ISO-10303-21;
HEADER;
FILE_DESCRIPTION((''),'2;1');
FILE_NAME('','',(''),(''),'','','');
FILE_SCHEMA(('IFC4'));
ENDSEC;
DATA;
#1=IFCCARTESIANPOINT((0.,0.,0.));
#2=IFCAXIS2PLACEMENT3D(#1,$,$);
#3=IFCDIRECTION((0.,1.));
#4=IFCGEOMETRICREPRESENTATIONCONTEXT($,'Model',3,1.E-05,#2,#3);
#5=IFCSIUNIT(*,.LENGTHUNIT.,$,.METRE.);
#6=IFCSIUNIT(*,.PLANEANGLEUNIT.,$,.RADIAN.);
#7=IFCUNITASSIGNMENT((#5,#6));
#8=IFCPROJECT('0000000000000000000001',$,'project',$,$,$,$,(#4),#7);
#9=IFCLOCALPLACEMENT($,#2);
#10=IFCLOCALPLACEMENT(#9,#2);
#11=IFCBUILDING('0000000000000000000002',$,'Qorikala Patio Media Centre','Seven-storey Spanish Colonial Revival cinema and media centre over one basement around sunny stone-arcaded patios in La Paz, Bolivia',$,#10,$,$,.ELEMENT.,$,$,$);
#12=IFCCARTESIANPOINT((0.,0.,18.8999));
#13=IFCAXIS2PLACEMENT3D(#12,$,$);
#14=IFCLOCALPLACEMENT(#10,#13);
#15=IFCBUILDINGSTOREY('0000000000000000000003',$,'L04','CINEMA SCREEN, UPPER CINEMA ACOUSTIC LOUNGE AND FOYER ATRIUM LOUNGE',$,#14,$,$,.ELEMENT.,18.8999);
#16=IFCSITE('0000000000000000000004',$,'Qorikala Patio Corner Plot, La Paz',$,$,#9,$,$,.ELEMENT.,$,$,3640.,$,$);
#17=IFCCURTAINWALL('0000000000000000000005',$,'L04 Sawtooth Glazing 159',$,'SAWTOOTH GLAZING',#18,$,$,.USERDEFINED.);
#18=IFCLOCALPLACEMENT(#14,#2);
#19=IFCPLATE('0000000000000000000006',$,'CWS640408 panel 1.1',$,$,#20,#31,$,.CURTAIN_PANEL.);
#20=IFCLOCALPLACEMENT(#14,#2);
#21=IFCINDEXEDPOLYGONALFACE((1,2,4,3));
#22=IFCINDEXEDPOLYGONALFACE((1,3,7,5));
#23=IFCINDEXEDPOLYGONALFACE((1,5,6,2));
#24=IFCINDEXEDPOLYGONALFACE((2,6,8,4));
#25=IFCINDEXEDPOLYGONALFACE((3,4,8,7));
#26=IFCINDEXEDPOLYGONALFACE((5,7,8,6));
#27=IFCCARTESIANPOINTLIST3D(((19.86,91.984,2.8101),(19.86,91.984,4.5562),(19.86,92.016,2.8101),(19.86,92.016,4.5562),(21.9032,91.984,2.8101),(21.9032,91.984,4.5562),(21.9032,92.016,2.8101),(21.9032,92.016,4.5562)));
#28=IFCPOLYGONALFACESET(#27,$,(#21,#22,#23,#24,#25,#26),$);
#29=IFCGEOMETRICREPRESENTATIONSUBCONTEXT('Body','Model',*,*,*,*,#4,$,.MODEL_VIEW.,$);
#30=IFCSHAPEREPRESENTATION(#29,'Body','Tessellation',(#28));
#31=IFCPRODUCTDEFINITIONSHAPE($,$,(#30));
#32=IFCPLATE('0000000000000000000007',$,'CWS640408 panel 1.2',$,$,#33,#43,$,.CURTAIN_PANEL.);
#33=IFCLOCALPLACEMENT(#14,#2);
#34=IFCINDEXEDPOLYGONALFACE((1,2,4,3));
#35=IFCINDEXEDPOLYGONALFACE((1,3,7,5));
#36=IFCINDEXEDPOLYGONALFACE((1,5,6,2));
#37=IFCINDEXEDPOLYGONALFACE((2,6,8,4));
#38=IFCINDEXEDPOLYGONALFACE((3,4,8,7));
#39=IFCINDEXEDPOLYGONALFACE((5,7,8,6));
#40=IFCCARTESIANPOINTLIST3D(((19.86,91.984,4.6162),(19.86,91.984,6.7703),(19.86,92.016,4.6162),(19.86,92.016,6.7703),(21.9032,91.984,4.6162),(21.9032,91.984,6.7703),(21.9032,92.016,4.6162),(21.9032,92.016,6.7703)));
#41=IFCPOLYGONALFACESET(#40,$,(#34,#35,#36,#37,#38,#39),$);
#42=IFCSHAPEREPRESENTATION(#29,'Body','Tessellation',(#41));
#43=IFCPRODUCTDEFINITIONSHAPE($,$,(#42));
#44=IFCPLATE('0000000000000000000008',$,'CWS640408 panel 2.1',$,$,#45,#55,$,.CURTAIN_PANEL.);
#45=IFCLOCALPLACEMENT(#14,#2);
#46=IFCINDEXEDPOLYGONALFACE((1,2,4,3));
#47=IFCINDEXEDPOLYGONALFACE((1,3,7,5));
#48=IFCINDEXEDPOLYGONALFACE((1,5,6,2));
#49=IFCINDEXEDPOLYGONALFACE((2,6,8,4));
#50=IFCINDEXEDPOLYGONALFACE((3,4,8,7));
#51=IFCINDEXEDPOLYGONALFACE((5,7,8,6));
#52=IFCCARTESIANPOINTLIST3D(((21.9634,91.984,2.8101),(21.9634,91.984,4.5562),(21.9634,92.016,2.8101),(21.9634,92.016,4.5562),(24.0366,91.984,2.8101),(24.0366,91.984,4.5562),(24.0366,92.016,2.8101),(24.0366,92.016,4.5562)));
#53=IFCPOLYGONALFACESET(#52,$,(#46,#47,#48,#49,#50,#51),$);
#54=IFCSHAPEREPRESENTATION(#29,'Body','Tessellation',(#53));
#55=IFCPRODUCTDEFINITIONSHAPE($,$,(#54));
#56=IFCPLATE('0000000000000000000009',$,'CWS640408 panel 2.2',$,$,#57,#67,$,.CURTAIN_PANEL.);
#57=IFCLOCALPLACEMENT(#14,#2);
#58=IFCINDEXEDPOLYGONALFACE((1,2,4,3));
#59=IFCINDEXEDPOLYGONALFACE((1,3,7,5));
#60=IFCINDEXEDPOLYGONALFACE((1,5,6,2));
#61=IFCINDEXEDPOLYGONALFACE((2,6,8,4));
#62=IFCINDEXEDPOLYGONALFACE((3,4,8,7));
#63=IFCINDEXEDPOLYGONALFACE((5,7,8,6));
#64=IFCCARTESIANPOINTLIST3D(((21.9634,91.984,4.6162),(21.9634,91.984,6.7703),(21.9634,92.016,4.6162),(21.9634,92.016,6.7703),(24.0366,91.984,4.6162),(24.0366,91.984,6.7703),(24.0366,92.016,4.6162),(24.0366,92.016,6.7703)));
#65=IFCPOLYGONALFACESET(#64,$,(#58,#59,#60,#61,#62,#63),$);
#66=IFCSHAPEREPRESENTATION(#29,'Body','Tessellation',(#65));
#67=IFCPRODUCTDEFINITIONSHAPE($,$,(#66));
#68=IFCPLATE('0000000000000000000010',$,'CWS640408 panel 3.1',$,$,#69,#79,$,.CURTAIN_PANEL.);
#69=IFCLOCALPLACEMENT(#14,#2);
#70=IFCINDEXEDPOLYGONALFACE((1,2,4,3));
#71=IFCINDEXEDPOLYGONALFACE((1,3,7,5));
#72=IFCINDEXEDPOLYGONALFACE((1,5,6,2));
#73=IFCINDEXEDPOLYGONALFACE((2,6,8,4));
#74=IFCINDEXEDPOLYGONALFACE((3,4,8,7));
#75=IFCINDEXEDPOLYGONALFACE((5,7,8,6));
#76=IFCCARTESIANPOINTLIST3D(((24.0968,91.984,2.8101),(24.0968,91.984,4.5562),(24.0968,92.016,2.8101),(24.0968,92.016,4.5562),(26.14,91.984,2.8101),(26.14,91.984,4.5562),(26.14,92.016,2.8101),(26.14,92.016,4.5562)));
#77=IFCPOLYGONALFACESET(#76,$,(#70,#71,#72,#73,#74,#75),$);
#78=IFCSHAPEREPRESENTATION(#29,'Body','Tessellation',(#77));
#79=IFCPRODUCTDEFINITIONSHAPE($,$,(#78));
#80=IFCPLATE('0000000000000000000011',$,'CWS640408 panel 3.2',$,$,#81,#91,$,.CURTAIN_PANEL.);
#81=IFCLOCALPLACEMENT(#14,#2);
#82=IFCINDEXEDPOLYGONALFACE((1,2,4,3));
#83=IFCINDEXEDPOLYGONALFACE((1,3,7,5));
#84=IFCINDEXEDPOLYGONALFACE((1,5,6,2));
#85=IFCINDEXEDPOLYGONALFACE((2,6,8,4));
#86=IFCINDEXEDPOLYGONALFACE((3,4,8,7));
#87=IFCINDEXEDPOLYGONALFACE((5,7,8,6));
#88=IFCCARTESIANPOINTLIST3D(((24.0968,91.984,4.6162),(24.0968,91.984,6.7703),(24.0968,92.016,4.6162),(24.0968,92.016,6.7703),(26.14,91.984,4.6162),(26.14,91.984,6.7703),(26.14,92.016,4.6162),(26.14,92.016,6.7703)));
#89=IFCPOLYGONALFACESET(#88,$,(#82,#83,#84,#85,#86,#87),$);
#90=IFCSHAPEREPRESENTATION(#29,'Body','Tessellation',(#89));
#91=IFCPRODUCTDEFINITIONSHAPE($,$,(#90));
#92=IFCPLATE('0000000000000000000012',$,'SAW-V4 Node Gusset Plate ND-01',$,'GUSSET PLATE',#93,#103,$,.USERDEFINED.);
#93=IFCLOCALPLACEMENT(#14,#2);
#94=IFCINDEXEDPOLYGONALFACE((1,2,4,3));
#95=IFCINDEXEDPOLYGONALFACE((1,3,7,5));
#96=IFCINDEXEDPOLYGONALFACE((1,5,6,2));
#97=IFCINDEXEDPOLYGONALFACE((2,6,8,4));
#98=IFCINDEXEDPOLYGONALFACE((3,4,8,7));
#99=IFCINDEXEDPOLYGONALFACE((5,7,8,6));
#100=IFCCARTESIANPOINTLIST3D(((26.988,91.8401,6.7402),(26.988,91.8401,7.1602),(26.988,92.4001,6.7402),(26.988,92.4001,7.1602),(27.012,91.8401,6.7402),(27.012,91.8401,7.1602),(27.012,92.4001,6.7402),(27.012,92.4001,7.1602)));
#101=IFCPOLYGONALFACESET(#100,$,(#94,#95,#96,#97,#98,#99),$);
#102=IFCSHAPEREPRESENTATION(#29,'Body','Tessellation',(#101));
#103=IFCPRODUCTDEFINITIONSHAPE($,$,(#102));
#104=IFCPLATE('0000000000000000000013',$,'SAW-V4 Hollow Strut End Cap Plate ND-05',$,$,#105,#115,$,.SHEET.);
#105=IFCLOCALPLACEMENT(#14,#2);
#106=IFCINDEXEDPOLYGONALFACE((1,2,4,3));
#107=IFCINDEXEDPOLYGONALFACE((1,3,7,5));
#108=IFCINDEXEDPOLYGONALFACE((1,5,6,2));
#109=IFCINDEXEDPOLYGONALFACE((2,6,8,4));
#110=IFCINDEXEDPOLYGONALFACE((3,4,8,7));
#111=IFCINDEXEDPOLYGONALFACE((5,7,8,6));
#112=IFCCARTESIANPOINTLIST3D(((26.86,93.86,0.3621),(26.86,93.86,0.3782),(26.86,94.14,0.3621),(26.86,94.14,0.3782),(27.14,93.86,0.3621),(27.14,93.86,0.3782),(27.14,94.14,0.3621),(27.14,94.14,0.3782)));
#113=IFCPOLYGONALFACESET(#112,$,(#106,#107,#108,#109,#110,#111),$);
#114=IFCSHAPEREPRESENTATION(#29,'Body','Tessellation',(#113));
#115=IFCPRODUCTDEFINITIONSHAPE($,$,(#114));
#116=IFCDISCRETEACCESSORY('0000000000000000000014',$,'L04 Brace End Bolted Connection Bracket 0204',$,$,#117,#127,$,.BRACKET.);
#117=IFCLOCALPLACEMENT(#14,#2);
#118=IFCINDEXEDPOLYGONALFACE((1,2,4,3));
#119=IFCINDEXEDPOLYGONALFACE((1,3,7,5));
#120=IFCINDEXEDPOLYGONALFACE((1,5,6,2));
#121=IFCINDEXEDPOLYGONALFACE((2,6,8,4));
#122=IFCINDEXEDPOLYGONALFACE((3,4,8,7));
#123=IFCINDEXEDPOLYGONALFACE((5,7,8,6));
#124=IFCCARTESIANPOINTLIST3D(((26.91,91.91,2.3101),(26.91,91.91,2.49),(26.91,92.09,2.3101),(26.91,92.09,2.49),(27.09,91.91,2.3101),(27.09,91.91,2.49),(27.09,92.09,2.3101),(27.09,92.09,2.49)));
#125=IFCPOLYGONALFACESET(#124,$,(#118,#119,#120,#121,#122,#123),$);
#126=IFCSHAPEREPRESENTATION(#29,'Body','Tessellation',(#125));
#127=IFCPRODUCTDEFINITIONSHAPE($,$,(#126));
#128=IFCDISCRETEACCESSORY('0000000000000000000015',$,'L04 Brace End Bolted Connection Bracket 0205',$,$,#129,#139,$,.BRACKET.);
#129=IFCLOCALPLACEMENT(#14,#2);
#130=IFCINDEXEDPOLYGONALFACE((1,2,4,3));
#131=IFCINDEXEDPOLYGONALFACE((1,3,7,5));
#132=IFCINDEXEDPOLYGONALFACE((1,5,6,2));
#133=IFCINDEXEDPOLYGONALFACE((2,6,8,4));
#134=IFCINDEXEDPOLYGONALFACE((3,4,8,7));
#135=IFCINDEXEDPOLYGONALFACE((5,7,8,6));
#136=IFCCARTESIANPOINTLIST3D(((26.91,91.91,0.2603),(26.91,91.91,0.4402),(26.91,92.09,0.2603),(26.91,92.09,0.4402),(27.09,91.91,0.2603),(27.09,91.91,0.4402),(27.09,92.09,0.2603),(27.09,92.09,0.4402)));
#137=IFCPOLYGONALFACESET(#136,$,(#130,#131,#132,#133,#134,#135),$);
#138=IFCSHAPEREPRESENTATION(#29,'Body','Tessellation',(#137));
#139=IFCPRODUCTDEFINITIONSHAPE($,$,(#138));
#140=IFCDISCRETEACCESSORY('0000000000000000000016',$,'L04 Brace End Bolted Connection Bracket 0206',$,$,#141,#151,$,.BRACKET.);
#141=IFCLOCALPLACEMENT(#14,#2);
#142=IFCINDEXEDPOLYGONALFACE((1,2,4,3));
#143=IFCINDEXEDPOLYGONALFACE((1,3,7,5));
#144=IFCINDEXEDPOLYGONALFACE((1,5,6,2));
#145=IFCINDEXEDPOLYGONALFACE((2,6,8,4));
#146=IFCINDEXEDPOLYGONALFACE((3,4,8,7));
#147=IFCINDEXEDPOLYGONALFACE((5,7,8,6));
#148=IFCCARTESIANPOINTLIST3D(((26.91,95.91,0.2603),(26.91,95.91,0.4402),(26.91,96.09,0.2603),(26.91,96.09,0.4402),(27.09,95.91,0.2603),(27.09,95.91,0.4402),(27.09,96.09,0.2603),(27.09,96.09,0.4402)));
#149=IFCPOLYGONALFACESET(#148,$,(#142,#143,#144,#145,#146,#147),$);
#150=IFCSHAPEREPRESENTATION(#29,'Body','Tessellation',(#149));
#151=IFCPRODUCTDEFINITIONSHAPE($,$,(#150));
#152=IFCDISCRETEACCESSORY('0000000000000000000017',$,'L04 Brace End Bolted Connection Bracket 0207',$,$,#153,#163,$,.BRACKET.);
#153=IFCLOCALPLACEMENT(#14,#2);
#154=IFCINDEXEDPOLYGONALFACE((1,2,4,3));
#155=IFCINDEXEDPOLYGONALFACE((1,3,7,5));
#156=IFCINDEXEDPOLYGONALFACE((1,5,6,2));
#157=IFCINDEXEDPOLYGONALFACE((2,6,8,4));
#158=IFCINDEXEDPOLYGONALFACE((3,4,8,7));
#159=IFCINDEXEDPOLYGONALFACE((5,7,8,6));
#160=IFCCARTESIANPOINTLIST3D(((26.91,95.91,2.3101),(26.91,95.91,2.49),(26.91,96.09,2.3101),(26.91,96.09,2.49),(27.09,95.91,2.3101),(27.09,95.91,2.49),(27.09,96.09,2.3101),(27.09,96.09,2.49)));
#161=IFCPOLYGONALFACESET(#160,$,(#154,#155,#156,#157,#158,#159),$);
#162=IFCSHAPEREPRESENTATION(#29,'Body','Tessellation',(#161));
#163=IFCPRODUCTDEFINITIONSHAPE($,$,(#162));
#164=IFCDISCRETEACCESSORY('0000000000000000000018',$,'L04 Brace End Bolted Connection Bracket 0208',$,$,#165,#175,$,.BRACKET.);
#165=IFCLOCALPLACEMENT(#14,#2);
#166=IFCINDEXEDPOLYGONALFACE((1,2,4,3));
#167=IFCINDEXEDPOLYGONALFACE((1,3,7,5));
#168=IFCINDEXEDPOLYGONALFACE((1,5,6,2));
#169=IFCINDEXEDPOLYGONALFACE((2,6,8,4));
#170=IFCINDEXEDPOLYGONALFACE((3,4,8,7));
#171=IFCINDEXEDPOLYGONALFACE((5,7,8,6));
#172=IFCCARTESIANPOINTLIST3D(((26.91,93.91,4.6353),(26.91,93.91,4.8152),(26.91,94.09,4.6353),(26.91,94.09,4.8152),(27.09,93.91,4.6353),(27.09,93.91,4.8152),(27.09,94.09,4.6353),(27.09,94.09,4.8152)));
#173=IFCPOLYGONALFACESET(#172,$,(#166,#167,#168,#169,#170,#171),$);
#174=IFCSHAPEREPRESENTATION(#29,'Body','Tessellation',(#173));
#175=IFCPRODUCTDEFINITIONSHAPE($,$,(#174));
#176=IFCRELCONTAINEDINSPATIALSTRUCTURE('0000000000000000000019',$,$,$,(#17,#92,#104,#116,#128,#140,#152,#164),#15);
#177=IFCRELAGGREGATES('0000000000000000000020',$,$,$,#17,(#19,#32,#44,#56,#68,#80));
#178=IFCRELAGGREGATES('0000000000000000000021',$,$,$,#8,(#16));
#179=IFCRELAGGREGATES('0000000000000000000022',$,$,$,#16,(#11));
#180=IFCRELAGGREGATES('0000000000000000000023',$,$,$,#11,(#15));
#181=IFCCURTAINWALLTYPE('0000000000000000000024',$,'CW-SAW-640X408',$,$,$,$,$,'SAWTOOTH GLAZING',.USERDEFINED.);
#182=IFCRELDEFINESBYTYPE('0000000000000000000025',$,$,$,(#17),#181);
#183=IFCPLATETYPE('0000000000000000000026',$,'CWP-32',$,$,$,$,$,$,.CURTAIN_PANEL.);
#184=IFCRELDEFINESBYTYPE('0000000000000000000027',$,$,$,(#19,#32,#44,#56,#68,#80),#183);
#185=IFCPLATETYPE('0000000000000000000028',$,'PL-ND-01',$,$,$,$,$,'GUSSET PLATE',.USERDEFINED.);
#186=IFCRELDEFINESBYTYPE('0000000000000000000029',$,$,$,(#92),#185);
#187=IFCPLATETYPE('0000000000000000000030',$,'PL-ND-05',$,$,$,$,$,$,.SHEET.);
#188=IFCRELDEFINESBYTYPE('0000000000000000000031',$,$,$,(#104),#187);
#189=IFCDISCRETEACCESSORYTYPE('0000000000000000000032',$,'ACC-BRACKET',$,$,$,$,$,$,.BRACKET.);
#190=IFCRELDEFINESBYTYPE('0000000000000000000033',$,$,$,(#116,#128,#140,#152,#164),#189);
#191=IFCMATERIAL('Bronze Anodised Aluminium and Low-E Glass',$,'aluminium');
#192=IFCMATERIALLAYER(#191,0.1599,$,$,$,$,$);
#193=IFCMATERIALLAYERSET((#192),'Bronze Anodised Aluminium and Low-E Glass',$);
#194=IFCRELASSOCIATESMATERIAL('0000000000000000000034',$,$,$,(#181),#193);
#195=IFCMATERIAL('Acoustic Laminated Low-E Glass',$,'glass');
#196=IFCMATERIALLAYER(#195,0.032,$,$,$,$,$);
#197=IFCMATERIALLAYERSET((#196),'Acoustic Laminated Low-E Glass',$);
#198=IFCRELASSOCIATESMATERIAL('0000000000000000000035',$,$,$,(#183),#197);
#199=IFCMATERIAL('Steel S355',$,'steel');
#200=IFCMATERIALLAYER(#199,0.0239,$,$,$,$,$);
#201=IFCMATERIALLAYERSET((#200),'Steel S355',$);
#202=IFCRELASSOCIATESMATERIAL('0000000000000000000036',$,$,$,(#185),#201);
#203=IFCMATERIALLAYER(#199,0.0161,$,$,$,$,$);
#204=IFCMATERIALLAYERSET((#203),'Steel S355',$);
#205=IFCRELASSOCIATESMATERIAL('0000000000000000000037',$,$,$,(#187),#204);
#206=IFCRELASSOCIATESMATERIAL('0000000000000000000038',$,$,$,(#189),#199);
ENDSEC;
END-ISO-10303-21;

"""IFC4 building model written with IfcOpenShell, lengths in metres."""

from ifc_helpers import new_model, si_unit, direction, frame, origin, origin_2d, place, context, subcontext, project, spatial, rectangle, extrude, material, layer, layer_set, type_object, element, aggregate, save


model = new_model("IFC4")

# Units and contexts
model_context = context("Model", 3, precision=1e-05, world=origin(), true_north=direction((0.0, 1.0)))
body_context = subcontext(model_context, "Body", "Model", "MODEL_VIEW")
ifc_project = project(units=[si_unit("LENGTHUNIT", "METRE"), si_unit("PLANEANGLEUNIT", "RADIAN")], contexts=[model_context])

# Site, building, storey
site_placement = place(None, origin())
site = spatial("IfcSite", under=ifc_project, at=site_placement, Name="Qorikala Patio Corner Plot, La Paz", CompositionType="ELEMENT", RefElevation=3640.0)
building_placement = place(site_placement, origin())
building = spatial("IfcBuilding", under=site, at=building_placement, Name="Qorikala Patio Media Centre", Description="Seven-storey Spanish Colonial Revival cinema and media centre over one basement around sunny stone-arcaded patios in La Paz, Bolivia", CompositionType="ELEMENT")
storey_placement = place(building_placement, frame((0.0, 0.0, 18.8999)))
storey = spatial("IfcBuildingStorey", under=building, at=storey_placement, Name="L04", Description="CINEMA SCREEN, UPPER CINEMA ACOUSTIC LOUNGE AND FOYER ATRIUM LOUNGE", CompositionType="ELEMENT", Elevation=18.8999)

# Shared definitions
ifc_material_1 = material(Name="Steel S355", Category="steel")

# Curtain wall
ifc_material_2 = material(Name="Bronze Anodised Aluminium and Low-E Glass", Category="aluminium")
ifc_layer_1 = layer(ifc_material_2, 0.1599)
ifc_layer_set_1 = layer_set([ifc_layer_1], Name="Bronze Anodised Aluminium and Low-E Glass")
curtain_wall_type = type_object("IfcCurtainWallType", Name="CW-SAW-640X408", ElementType="SAWTOOTH GLAZING", PredefinedType="USERDEFINED", material=ifc_layer_set_1)
curtain_wall_placement = place(storey_placement, origin())
curtain_wall = element("IfcCurtainWall", 1, at=curtain_wall_placement, inside=storey, type_object=curtain_wall_type, Name="L04 Sawtooth Glazing 159", ObjectType="SAWTOOTH GLAZING", PredefinedType="USERDEFINED")

# Plates
ifc_material_3 = material(Name="Acoustic Laminated Low-E Glass", Category="glass")
ifc_layer_2 = layer(ifc_material_3, 0.032)
ifc_layer_set_2 = layer_set([ifc_layer_2], Name="Acoustic Laminated Low-E Glass")
plate_type_1 = type_object("IfcPlateType", Name="CWP-32", PredefinedType="CURTAIN_PANEL", material=ifc_layer_set_2)
plate_1_placement = place(storey_placement, frame((20.8816, 92.0, 2.8101), z_axis=(0.0, 0.0, 1.0), x_axis=(1.0, 0.0, 0.0)))
plate_1 = element("IfcPlate", 2, at=plate_1_placement, type_object=plate_type_1, Name="CWS640408 panel 1.1", PredefinedType="CURTAIN_PANEL", context=body_context, shape_type="SweptSolid", body=[
    extrude(rectangle(XDim=2.0432, YDim=0.032, at=origin_2d()), origin(), (0.0, 0.0, 1.0), 1.7461),
])
plate_2_placement = place(storey_placement, frame((20.8816, 92.0, 4.6162), z_axis=(0.0, 0.0, 1.0), x_axis=(1.0, 0.0, 0.0)))
plate_2 = element("IfcPlate", 3, at=plate_2_placement, type_object=plate_type_1, Name="CWS640408 panel 1.2", PredefinedType="CURTAIN_PANEL", context=body_context, shape_type="SweptSolid", body=[
    extrude(rectangle(XDim=2.0432, YDim=0.032, at=origin_2d()), origin(), (0.0, 0.0, 1.0), 2.1541),
])
plate_3_placement = place(storey_placement, frame((23.0, 92.0, 2.8101), z_axis=(0.0, 0.0, 1.0), x_axis=(1.0, 0.0, 0.0)))
plate_3 = element("IfcPlate", 4, at=plate_3_placement, type_object=plate_type_1, Name="CWS640408 panel 2.1", PredefinedType="CURTAIN_PANEL", context=body_context, shape_type="SweptSolid", body=[
    extrude(rectangle(XDim=2.0732, YDim=0.032, at=origin_2d()), origin(), (0.0, 0.0, 1.0), 1.7461),
])
plate_4_placement = place(storey_placement, frame((23.0, 92.0, 4.6162), z_axis=(0.0, 0.0, 1.0), x_axis=(1.0, 0.0, 0.0)))
plate_4 = element("IfcPlate", 5, at=plate_4_placement, type_object=plate_type_1, Name="CWS640408 panel 2.2", PredefinedType="CURTAIN_PANEL", context=body_context, shape_type="SweptSolid", body=[
    extrude(rectangle(XDim=2.0732, YDim=0.032, at=origin_2d()), origin(), (0.0, 0.0, 1.0), 2.1541),
])
plate_5_placement = place(storey_placement, frame((25.1184, 92.0, 2.8101), z_axis=(0.0, 0.0, 1.0), x_axis=(1.0, 0.0, 0.0)))
plate_5 = element("IfcPlate", 6, at=plate_5_placement, type_object=plate_type_1, Name="CWS640408 panel 3.1", PredefinedType="CURTAIN_PANEL", context=body_context, shape_type="SweptSolid", body=[
    extrude(rectangle(XDim=2.0432, YDim=0.032, at=origin_2d()), origin(), (0.0, 0.0, 1.0), 1.7461),
])
plate_6_placement = place(storey_placement, frame((25.1184, 92.0, 4.6162), z_axis=(0.0, 0.0, 1.0), x_axis=(1.0, 0.0, 0.0)))
plate_6 = element("IfcPlate", 7, at=plate_6_placement, type_object=plate_type_1, Name="CWS640408 panel 3.2", PredefinedType="CURTAIN_PANEL", context=body_context, shape_type="SweptSolid", body=[
    extrude(rectangle(XDim=2.0432, YDim=0.032, at=origin_2d()), origin(), (0.0, 0.0, 1.0), 2.1541),
])
aggregate(curtain_wall, [plate_1, plate_2, plate_3, plate_4, plate_5, plate_6])

# Plates
ifc_layer_3 = layer(ifc_material_1, 0.0239)
ifc_layer_set_3 = layer_set([ifc_layer_3], Name="Steel S355")
plate_type_2 = type_object("IfcPlateType", Name="PL-ND-01", ElementType="GUSSET PLATE", PredefinedType="USERDEFINED", material=ifc_layer_set_3)
plate_7_placement = place(storey_placement, frame((27.0, 92.1201, 6.7402), z_axis=(0.0, 0.0, 1.0), x_axis=(1.0, 0.0, 0.0)))
element("IfcPlate", 8, at=plate_7_placement, inside=storey, type_object=plate_type_2, Name="SAW-V4 Node Gusset Plate ND-01", ObjectType="GUSSET PLATE", PredefinedType="USERDEFINED", context=body_context, shape_type="SweptSolid", body=[
    extrude(rectangle(XDim=0.0239, YDim=0.5601, at=origin_2d()), origin(), (0.0, 0.0, 1.0), 0.4199),
])
ifc_layer_4 = layer(ifc_material_1, 0.0161)
ifc_layer_set_4 = layer_set([ifc_layer_4], Name="Steel S355")
plate_type_3 = type_object("IfcPlateType", Name="PL-ND-05", PredefinedType="SHEET", material=ifc_layer_set_4)
plate_8_placement = place(storey_placement, frame((27.0, 94.0, 0.3621), z_axis=(0.0, 0.0, 1.0), x_axis=(1.0, 0.0, 0.0)))
element("IfcPlate", 9, at=plate_8_placement, inside=storey, type_object=plate_type_3, Name="SAW-V4 Hollow Strut End Cap Plate ND-05", PredefinedType="SHEET", context=body_context, shape_type="SweptSolid", body=[
    extrude(rectangle(XDim=0.28, YDim=0.28, at=origin_2d()), origin(), (0.0, 0.0, 1.0), 0.0161),
])

# Discrete accessories
discrete_accessory_type = type_object("IfcDiscreteAccessoryType", Name="ACC-BRACKET", PredefinedType="BRACKET", material=ifc_material_1)
for number, where, z_axis, x_axis, name in (
    (10, (27.0, 92.0, 2.3101), (0.0, 0.0, 1.0), (1.0, 0.0, 0.0), "L04 Brace End Bolted Connection Bracket 0204"),
    (11, (27.0, 92.0, 0.2603), (0.0, 0.0, 1.0), (1.0, 0.0, 0.0), "L04 Brace End Bolted Connection Bracket 0205"),
    (12, (27.0, 96.0, 0.2603), (0.0, 0.0, 1.0), (1.0, 0.0, 0.0), "L04 Brace End Bolted Connection Bracket 0206"),
    (13, (27.0, 96.0, 2.3101), (0.0, 0.0, 1.0), (1.0, 0.0, 0.0), "L04 Brace End Bolted Connection Bracket 0207"),
    (14, (27.0, 94.0, 4.6353), (0.0, 0.0, 1.0), (1.0, 0.0, 0.0), "L04 Brace End Bolted Connection Bracket 0208"),
):
    element("IfcDiscreteAccessory", number, at=place(storey_placement, frame(where, z_axis=z_axis, x_axis=x_axis)), inside=storey, type_object=discrete_accessory_type, Name=name, PredefinedType="BRACKET", context=body_context, shape_type="SweptSolid", body=[
        extrude(rectangle(XDim=0.1799, YDim=0.1799, at=origin_2d()), origin(), (0.0, 0.0, 1.0), 0.1799),
    ])

save(model, "model.ifc")
